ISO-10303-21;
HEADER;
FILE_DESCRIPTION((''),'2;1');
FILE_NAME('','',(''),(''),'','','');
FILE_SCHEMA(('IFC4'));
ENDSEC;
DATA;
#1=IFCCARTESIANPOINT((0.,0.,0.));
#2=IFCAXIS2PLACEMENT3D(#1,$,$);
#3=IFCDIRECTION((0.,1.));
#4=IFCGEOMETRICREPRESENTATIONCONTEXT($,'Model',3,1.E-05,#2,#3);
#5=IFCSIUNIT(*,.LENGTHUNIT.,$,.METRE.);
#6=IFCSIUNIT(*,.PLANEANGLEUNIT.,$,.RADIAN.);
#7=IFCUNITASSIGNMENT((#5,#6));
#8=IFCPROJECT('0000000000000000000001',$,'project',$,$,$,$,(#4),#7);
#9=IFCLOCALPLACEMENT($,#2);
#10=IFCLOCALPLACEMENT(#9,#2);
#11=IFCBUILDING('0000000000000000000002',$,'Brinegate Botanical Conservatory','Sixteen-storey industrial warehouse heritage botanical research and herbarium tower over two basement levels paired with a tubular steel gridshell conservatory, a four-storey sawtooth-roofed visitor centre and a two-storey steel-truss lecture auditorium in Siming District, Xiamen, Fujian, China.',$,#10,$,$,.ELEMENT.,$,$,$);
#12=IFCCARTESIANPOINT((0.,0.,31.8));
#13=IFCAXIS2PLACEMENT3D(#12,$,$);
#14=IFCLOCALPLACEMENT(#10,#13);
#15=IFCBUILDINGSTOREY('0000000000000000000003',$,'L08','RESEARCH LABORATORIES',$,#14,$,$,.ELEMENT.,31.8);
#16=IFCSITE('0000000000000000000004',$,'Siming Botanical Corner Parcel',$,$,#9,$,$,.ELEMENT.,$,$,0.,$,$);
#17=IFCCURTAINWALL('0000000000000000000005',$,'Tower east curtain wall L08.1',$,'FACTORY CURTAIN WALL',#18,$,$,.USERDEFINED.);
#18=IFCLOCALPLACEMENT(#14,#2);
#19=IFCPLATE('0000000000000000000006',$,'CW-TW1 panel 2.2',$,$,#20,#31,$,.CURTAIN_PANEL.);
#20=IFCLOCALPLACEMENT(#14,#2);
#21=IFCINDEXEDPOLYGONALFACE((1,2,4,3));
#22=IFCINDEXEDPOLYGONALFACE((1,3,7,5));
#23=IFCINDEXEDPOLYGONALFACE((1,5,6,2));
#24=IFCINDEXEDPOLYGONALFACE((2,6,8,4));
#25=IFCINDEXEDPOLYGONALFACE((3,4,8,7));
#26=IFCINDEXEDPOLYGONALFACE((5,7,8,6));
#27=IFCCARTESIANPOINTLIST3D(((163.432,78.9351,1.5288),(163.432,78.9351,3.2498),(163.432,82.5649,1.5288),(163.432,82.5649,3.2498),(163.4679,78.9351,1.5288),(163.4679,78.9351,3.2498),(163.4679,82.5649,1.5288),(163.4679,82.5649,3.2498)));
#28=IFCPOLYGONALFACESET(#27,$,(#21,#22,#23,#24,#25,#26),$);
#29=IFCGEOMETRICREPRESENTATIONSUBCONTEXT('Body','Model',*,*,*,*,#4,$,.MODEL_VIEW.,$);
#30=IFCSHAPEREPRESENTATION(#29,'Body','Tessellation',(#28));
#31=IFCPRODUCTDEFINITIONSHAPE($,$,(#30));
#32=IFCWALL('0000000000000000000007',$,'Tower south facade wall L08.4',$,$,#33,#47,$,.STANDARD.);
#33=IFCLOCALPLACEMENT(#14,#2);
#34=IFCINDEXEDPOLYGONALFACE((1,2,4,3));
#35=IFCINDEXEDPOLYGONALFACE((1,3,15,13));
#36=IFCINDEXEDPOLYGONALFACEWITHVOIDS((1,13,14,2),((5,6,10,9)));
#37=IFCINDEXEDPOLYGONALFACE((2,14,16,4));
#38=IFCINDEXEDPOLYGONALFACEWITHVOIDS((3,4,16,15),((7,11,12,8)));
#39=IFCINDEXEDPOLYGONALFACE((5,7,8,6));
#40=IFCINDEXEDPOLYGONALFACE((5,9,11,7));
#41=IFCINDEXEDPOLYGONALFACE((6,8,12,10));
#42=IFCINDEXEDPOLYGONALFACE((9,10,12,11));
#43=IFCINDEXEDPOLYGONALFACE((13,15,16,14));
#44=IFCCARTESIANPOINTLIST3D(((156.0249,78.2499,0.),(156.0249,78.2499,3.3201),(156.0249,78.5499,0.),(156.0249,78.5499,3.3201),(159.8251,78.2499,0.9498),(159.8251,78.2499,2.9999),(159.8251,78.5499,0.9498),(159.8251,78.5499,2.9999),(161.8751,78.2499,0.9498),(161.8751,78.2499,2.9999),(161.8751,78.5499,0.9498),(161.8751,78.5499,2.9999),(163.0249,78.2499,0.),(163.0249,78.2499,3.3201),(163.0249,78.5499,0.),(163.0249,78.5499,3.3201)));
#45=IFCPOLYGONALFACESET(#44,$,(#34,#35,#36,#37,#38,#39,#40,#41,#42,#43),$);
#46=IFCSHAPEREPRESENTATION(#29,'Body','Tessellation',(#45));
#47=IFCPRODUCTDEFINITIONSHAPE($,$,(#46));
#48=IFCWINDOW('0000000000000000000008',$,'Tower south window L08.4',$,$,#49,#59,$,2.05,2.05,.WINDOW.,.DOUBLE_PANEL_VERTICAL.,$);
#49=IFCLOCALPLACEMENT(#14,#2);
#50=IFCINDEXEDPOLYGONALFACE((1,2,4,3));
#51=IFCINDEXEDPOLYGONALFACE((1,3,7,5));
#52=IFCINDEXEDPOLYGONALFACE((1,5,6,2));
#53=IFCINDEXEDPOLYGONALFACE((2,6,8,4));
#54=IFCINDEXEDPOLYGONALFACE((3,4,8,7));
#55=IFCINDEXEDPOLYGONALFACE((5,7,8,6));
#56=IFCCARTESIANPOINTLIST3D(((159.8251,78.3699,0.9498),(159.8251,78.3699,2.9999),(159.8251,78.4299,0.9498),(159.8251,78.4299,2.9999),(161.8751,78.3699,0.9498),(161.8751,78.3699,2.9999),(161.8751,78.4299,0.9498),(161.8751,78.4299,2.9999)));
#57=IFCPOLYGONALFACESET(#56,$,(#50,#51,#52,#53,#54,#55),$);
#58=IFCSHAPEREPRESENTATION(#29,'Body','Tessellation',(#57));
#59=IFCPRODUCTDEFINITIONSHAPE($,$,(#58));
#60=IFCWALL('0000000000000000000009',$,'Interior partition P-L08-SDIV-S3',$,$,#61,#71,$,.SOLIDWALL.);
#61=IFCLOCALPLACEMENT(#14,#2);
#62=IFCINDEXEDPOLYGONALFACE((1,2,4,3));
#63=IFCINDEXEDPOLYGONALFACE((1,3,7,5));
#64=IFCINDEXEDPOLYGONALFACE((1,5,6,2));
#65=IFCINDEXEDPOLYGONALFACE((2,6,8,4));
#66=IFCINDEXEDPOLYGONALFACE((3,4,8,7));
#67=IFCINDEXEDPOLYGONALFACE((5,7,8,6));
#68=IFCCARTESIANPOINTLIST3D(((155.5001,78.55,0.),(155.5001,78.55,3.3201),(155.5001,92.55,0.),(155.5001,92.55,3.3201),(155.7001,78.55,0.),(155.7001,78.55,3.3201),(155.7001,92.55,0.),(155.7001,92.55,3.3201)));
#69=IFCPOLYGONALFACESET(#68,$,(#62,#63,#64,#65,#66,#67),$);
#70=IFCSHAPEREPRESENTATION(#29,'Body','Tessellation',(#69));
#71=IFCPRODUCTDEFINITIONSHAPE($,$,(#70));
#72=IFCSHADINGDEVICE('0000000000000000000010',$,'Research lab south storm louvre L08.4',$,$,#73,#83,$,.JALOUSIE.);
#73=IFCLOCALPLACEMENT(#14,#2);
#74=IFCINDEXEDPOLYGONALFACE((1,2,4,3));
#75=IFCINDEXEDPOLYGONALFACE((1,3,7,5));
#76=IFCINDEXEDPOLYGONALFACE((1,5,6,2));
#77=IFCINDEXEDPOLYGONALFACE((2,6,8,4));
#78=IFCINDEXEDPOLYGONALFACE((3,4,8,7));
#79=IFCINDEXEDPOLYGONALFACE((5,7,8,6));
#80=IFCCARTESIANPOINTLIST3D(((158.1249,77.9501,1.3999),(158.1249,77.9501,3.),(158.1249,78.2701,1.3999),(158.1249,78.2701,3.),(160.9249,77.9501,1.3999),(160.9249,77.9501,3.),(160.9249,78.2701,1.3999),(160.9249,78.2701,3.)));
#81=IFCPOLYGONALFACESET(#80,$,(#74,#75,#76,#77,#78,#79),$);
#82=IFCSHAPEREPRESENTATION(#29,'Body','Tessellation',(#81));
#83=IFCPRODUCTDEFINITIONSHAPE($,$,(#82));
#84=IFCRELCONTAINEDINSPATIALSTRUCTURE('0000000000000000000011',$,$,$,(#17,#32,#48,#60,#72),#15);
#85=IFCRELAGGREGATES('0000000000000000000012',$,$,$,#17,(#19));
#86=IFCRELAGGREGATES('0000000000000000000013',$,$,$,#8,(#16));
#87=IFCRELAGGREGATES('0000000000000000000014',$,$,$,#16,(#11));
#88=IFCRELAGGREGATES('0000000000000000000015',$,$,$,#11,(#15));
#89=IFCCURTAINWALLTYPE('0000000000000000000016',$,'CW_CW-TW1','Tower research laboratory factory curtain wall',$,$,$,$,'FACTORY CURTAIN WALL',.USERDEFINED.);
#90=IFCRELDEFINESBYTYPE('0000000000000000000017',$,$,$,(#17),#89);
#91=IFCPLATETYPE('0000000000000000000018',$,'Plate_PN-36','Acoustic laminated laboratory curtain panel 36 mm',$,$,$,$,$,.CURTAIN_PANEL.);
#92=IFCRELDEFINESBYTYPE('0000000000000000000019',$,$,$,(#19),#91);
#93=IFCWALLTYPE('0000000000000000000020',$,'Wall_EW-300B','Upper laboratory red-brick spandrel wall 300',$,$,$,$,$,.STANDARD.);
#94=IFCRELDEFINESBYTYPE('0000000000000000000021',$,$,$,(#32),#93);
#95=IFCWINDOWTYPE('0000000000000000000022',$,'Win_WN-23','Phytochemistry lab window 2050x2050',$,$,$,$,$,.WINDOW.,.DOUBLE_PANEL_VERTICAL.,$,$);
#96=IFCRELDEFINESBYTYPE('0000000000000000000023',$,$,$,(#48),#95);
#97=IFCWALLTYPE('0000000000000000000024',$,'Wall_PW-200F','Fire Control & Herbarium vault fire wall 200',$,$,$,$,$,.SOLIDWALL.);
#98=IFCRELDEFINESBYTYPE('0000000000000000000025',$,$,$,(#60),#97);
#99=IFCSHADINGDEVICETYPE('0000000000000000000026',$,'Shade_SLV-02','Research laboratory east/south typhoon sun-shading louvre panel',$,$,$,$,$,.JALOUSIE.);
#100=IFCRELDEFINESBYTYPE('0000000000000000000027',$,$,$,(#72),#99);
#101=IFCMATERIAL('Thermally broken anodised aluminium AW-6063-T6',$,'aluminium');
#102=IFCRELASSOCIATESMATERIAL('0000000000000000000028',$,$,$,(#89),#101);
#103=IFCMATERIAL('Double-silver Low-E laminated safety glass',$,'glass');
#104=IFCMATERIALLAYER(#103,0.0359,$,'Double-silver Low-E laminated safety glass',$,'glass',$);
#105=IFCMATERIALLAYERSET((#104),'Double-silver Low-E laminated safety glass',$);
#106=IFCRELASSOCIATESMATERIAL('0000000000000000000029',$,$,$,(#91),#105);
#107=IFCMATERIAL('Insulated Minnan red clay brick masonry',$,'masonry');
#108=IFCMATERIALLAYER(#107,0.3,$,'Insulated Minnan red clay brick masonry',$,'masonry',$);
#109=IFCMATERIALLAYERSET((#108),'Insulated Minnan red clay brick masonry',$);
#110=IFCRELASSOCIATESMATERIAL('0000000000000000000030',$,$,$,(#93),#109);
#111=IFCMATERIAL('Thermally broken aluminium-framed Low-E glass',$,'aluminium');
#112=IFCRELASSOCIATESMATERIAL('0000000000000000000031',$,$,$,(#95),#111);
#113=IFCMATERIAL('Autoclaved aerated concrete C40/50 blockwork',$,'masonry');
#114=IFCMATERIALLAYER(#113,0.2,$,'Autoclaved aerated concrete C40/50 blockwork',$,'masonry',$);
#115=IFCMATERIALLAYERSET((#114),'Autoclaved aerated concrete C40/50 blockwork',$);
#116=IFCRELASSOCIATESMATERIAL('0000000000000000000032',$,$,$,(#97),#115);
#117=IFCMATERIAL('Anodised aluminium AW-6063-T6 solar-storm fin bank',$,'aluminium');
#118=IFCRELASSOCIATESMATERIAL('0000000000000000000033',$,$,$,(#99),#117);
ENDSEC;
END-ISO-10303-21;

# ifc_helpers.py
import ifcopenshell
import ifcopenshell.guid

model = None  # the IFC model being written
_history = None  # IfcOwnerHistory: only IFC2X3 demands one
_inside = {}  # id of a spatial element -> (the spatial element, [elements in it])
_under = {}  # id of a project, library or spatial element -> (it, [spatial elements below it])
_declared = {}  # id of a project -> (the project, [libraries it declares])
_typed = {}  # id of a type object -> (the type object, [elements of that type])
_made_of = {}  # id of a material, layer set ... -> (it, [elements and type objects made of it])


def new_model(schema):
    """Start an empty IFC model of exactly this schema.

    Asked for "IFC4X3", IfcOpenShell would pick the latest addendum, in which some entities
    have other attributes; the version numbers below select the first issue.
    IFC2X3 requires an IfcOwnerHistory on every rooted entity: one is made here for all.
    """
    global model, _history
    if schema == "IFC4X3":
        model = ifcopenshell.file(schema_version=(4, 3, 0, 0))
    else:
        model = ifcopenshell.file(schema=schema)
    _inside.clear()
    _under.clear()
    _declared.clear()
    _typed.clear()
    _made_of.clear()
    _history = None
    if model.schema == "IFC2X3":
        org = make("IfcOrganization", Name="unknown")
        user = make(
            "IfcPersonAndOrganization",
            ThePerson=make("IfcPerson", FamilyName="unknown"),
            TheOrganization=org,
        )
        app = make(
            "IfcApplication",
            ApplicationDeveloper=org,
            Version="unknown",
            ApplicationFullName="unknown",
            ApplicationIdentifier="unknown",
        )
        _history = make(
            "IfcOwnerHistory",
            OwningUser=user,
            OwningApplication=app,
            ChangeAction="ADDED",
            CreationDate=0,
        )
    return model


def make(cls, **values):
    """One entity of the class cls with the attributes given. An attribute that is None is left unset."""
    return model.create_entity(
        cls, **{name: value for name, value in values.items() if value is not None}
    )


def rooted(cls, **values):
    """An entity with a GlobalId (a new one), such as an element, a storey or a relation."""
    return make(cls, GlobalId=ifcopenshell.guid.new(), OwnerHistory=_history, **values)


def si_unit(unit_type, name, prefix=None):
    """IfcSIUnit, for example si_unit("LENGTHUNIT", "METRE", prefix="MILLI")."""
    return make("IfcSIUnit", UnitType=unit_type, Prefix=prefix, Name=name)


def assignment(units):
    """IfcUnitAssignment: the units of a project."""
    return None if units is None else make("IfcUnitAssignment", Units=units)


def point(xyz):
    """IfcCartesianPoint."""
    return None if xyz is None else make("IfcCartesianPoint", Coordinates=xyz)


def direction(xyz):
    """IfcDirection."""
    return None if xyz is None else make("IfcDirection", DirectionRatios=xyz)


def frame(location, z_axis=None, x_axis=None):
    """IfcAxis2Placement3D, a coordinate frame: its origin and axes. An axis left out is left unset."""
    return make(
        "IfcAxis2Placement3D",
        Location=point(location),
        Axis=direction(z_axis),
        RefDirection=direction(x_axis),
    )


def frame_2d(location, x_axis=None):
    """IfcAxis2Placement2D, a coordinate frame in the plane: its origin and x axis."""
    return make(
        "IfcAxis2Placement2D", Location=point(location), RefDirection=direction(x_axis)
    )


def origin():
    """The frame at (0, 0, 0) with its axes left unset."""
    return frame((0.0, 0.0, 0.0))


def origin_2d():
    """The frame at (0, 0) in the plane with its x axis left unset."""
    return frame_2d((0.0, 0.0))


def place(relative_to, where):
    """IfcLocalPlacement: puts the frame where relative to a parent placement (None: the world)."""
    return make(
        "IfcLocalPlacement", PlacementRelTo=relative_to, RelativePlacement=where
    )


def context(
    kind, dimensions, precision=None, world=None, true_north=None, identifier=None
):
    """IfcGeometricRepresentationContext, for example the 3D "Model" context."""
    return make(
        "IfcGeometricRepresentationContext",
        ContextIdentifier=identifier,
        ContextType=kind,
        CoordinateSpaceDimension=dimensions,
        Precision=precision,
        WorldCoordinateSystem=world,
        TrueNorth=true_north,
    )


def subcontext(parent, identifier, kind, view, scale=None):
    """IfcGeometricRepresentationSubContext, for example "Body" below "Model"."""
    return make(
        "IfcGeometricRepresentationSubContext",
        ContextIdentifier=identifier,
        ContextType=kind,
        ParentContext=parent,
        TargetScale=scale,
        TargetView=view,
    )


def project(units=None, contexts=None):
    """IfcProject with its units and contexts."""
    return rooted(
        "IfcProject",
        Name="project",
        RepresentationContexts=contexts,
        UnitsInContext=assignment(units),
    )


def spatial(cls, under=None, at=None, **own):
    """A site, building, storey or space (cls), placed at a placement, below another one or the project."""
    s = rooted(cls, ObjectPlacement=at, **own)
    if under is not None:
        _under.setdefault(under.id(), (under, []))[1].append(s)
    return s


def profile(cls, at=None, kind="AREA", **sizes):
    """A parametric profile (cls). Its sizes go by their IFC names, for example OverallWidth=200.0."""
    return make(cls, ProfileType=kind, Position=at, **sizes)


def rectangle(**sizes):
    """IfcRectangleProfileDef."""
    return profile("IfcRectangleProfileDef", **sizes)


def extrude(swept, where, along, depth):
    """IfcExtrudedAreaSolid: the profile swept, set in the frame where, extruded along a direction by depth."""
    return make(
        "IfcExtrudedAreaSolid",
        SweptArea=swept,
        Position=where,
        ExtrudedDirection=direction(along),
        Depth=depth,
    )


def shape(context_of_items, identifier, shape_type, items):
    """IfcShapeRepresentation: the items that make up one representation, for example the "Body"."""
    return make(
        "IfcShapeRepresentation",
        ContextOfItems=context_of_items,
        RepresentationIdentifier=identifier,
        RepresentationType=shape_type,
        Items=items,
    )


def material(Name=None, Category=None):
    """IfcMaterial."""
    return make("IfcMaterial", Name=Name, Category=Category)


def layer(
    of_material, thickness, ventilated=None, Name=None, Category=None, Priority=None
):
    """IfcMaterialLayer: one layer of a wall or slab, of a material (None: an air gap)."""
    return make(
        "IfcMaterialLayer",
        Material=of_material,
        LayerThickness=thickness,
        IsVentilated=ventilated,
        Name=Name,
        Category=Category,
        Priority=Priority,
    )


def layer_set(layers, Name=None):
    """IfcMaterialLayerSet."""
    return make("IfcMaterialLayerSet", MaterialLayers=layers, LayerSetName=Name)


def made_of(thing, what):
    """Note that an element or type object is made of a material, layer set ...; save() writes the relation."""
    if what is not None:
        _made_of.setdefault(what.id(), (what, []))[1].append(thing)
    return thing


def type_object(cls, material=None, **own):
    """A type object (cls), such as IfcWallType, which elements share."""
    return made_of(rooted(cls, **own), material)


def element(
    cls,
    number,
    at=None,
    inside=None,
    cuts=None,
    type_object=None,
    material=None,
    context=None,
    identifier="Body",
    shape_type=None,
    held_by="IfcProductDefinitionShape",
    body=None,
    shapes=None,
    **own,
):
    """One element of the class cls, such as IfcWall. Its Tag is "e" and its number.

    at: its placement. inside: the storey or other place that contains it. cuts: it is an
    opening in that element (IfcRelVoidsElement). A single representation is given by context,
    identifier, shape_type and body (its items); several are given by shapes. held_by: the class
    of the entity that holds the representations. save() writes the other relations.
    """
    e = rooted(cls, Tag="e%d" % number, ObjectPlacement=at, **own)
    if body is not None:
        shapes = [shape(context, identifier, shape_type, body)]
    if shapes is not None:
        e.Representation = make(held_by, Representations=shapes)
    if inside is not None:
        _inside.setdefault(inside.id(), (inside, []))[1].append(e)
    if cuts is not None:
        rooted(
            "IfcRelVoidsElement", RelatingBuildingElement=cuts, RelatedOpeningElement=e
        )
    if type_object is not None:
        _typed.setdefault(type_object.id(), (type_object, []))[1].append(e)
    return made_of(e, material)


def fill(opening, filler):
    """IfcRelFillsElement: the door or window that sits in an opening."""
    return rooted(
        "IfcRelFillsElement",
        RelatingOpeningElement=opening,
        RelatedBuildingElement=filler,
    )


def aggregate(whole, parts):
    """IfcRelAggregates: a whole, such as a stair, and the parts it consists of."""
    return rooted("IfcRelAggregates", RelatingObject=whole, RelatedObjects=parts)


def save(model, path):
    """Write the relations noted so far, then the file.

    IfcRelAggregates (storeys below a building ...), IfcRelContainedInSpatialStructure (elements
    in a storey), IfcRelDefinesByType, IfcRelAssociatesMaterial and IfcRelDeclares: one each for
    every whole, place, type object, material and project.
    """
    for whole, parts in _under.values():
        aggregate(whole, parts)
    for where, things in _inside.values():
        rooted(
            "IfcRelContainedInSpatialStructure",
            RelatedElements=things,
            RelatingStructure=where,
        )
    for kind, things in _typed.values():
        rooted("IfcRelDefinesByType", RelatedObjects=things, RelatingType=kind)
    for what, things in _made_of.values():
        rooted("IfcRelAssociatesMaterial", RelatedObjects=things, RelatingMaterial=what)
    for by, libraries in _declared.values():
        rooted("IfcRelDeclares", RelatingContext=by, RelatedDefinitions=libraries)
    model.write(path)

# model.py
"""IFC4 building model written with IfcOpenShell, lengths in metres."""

from ifc_helpers import new_model, si_unit, direction, frame, frame_2d, origin, origin_2d, place, context, subcontext, project, spatial, rectangle, extrude, material, layer, layer_set, type_object, element, fill, aggregate, save


model = new_model("IFC4")

# Units and contexts
model_context = context("Model", 3, precision=1e-05, world=origin(), true_north=direction((0.0, 1.0)))
body_context = subcontext(model_context, "Body", "Model", "MODEL_VIEW")
ifc_project = project(units=[si_unit("LENGTHUNIT", "METRE"), si_unit("PLANEANGLEUNIT", "RADIAN")], contexts=[model_context])

# Site, building, storey
site_placement = place(None, origin())
site = spatial("IfcSite", under=ifc_project, at=site_placement, Name="Siming Botanical Corner Parcel", CompositionType="ELEMENT", RefElevation=0.0)
building_placement = place(site_placement, origin())
building = spatial("IfcBuilding", under=site, at=building_placement, Name="Brinegate Botanical Conservatory", Description="Sixteen-storey industrial warehouse heritage botanical research and herbarium tower over two basement levels paired with a tubular steel gridshell conservatory, a four-storey sawtooth-roofed visitor centre and a two-storey steel-truss lecture auditorium in Siming District, Xiamen, Fujian, China.", CompositionType="ELEMENT")
storey_placement = place(building_placement, frame((0.0, 0.0, 31.8)))
storey = spatial("IfcBuildingStorey", under=building, at=storey_placement, Name="L08", Description="RESEARCH LABORATORIES", CompositionType="ELEMENT", Elevation=31.8)

# Curtain wall
ifc_material_1 = material(Name="Thermally broken anodised aluminium AW-6063-T6", Category="aluminium")
curtain_wall_type = type_object("IfcCurtainWallType", Name="CW_CW-TW1", Description="Tower research laboratory factory curtain wall", ElementType="FACTORY CURTAIN WALL", PredefinedType="USERDEFINED", material=ifc_material_1)
curtain_wall_1_placement = place(storey_placement, origin())
curtain_wall_1 = element("IfcCurtainWall", 1, at=curtain_wall_1_placement, inside=storey, type_object=curtain_wall_type, Name="Tower east curtain wall L08.1", ObjectType="FACTORY CURTAIN WALL", PredefinedType="USERDEFINED")

# Plate
ifc_material_2 = material(Name="Double-silver Low-E laminated safety glass", Category="glass")
ifc_layer_1 = layer(ifc_material_2, 0.0359, Name="Double-silver Low-E laminated safety glass", Category="glass")
ifc_layer_set_1 = layer_set([ifc_layer_1], Name="Double-silver Low-E laminated safety glass")
plate_type = type_object("IfcPlateType", Name="Plate_PN-36", Description="Acoustic laminated laboratory curtain panel 36 mm", PredefinedType="CURTAIN_PANEL", material=ifc_layer_set_1)
plate_1_placement = place(storey_placement, frame((163.45, 80.75, 1.5288), z_axis=(0.0, 0.0, 1.0), x_axis=(0.0, -1.0, 0.0)))
plate_1 = element("IfcPlate", 2, at=plate_1_placement, type_object=plate_type, Name="CW-TW1 panel 2.2", PredefinedType="CURTAIN_PANEL", context=body_context, shape_type="SweptSolid", body=[
    extrude(rectangle(XDim=3.6299, YDim=0.0359, at=origin_2d()), origin(), (0.0, 0.0, 1.0), 1.7209),
])
aggregate(curtain_wall_1, [plate_1])

# Wall, opening, window
ifc_material_3 = material(Name="Insulated Minnan red clay brick masonry", Category="masonry")
ifc_layer_2 = layer(ifc_material_3, 0.3, Name="Insulated Minnan red clay brick masonry", Category="masonry")
ifc_layer_set_2 = layer_set([ifc_layer_2], Name="Insulated Minnan red clay brick masonry")
wall_type_1 = type_object("IfcWallType", Name="Wall_EW-300B", Description="Upper laboratory red-brick spandrel wall 300", PredefinedType="STANDARD", material=ifc_layer_set_2)
wall_1_placement = place(storey_placement, frame((163.0249, 78.3999, 0.0), z_axis=(0.0, 0.0, 1.0), x_axis=(-1.0, 0.0, 0.0)))
wall_1 = element("IfcWall", 3, at=wall_1_placement, inside=storey, type_object=wall_type_1, Name="Tower south facade wall L08.4", PredefinedType="STANDARD", context=body_context, shape_type="SweptSolid", body=[
    extrude(rectangle(XDim=7.0, YDim=0.3, at=frame_2d((3.5, 0.0))), origin(), (0.0, 0.0, 1.0), 3.3201),
])
opening_placement = place(wall_1_placement, frame((1.1499, 0.0, 0.95)))
opening = element("IfcOpeningElement", 4, at=opening_placement, cuts=wall_1, PredefinedType="OPENING", context=body_context, shape_type="SweptSolid", body=[
    extrude(rectangle(XDim=2.05, YDim=2.05, at=frame_2d((1.0249, 1.0249))), frame((0.0, 0.1599, 0.0), z_axis=(0.0, -1.0, 0.0), x_axis=(1.0, 0.0, 0.0)), (0.0, 0.0, 1.0), 0.3201),
])
ifc_material_4 = material(Name="Thermally broken aluminium-framed Low-E glass", Category="aluminium")
window_type = type_object("IfcWindowType", Name="Win_WN-23", Description="Phytochemistry lab window 2050x2050", PartitioningType="DOUBLE_PANEL_VERTICAL", PredefinedType="WINDOW", material=ifc_material_4)
window_placement = place(opening_placement, origin())
window = element("IfcWindow", 5, at=window_placement, inside=storey, type_object=window_type, Name="Tower south window L08.4", OverallHeight=2.05, OverallWidth=2.05, PartitioningType="DOUBLE_PANEL_VERTICAL", PredefinedType="WINDOW", context=body_context, shape_type="SweptSolid", body=[
    extrude(rectangle(XDim=2.05, YDim=2.05, at=frame_2d((1.0249, 1.0249))), frame((0.0, 0.03, 0.0), z_axis=(0.0, -1.0, 0.0), x_axis=(1.0, 0.0, 0.0)), (0.0, 0.0, 1.0), 0.0601),
])
fill(opening, window)

# Wall
ifc_material_5 = material(Name="Autoclaved aerated concrete C40/50 blockwork", Category="masonry")
ifc_layer_3 = layer(ifc_material_5, 0.2, Name="Autoclaved aerated concrete C40/50 blockwork", Category="masonry")
ifc_layer_set_3 = layer_set([ifc_layer_3], Name="Autoclaved aerated concrete C40/50 blockwork")
wall_type_2 = type_object("IfcWallType", Name="Wall_PW-200F", Description="Fire Control & Herbarium vault fire wall 200", PredefinedType="SOLIDWALL", material=ifc_layer_set_3)
wall_2_placement = place(storey_placement, frame((155.6001, 78.55, 0.0), z_axis=(0.0, 0.0, 1.0), x_axis=(0.0, 1.0, 0.0)))
element("IfcWall", 6, at=wall_2_placement, inside=storey, type_object=wall_type_2, Name="Interior partition P-L08-SDIV-S3", PredefinedType="SOLIDWALL", context=body_context, shape_type="SweptSolid", body=[
    extrude(rectangle(XDim=14.0, YDim=0.2, at=frame_2d((7.0, 0.0))), origin(), (0.0, 0.0, 1.0), 3.3201),
])

# Shading device
ifc_material_6 = material(Name="Anodised aluminium AW-6063-T6 solar-storm fin bank", Category="aluminium")
shading_device_type = type_object("IfcShadingDeviceType", Name="Shade_SLV-02", Description="Research laboratory east/south typhoon sun-shading louvre panel", PredefinedType="JALOUSIE", material=ifc_material_6)
shading_device_placement = place(storey_placement, frame((159.5249, 78.1101, 1.3999), z_axis=(0.0, 0.0, 1.0), x_axis=(1.0, 0.0, 0.0)))
element("IfcShadingDevice", 7, at=shading_device_placement, inside=storey, type_object=shading_device_type, Name="Research lab south storm louvre L08.4", PredefinedType="JALOUSIE", context=body_context, shape_type="SweptSolid", body=[
    extrude(rectangle(XDim=2.8, YDim=0.3201, at=origin_2d()), origin(), (0.0, 0.0, 1.0), 1.6001),
])

save(model, "model.ifc")
